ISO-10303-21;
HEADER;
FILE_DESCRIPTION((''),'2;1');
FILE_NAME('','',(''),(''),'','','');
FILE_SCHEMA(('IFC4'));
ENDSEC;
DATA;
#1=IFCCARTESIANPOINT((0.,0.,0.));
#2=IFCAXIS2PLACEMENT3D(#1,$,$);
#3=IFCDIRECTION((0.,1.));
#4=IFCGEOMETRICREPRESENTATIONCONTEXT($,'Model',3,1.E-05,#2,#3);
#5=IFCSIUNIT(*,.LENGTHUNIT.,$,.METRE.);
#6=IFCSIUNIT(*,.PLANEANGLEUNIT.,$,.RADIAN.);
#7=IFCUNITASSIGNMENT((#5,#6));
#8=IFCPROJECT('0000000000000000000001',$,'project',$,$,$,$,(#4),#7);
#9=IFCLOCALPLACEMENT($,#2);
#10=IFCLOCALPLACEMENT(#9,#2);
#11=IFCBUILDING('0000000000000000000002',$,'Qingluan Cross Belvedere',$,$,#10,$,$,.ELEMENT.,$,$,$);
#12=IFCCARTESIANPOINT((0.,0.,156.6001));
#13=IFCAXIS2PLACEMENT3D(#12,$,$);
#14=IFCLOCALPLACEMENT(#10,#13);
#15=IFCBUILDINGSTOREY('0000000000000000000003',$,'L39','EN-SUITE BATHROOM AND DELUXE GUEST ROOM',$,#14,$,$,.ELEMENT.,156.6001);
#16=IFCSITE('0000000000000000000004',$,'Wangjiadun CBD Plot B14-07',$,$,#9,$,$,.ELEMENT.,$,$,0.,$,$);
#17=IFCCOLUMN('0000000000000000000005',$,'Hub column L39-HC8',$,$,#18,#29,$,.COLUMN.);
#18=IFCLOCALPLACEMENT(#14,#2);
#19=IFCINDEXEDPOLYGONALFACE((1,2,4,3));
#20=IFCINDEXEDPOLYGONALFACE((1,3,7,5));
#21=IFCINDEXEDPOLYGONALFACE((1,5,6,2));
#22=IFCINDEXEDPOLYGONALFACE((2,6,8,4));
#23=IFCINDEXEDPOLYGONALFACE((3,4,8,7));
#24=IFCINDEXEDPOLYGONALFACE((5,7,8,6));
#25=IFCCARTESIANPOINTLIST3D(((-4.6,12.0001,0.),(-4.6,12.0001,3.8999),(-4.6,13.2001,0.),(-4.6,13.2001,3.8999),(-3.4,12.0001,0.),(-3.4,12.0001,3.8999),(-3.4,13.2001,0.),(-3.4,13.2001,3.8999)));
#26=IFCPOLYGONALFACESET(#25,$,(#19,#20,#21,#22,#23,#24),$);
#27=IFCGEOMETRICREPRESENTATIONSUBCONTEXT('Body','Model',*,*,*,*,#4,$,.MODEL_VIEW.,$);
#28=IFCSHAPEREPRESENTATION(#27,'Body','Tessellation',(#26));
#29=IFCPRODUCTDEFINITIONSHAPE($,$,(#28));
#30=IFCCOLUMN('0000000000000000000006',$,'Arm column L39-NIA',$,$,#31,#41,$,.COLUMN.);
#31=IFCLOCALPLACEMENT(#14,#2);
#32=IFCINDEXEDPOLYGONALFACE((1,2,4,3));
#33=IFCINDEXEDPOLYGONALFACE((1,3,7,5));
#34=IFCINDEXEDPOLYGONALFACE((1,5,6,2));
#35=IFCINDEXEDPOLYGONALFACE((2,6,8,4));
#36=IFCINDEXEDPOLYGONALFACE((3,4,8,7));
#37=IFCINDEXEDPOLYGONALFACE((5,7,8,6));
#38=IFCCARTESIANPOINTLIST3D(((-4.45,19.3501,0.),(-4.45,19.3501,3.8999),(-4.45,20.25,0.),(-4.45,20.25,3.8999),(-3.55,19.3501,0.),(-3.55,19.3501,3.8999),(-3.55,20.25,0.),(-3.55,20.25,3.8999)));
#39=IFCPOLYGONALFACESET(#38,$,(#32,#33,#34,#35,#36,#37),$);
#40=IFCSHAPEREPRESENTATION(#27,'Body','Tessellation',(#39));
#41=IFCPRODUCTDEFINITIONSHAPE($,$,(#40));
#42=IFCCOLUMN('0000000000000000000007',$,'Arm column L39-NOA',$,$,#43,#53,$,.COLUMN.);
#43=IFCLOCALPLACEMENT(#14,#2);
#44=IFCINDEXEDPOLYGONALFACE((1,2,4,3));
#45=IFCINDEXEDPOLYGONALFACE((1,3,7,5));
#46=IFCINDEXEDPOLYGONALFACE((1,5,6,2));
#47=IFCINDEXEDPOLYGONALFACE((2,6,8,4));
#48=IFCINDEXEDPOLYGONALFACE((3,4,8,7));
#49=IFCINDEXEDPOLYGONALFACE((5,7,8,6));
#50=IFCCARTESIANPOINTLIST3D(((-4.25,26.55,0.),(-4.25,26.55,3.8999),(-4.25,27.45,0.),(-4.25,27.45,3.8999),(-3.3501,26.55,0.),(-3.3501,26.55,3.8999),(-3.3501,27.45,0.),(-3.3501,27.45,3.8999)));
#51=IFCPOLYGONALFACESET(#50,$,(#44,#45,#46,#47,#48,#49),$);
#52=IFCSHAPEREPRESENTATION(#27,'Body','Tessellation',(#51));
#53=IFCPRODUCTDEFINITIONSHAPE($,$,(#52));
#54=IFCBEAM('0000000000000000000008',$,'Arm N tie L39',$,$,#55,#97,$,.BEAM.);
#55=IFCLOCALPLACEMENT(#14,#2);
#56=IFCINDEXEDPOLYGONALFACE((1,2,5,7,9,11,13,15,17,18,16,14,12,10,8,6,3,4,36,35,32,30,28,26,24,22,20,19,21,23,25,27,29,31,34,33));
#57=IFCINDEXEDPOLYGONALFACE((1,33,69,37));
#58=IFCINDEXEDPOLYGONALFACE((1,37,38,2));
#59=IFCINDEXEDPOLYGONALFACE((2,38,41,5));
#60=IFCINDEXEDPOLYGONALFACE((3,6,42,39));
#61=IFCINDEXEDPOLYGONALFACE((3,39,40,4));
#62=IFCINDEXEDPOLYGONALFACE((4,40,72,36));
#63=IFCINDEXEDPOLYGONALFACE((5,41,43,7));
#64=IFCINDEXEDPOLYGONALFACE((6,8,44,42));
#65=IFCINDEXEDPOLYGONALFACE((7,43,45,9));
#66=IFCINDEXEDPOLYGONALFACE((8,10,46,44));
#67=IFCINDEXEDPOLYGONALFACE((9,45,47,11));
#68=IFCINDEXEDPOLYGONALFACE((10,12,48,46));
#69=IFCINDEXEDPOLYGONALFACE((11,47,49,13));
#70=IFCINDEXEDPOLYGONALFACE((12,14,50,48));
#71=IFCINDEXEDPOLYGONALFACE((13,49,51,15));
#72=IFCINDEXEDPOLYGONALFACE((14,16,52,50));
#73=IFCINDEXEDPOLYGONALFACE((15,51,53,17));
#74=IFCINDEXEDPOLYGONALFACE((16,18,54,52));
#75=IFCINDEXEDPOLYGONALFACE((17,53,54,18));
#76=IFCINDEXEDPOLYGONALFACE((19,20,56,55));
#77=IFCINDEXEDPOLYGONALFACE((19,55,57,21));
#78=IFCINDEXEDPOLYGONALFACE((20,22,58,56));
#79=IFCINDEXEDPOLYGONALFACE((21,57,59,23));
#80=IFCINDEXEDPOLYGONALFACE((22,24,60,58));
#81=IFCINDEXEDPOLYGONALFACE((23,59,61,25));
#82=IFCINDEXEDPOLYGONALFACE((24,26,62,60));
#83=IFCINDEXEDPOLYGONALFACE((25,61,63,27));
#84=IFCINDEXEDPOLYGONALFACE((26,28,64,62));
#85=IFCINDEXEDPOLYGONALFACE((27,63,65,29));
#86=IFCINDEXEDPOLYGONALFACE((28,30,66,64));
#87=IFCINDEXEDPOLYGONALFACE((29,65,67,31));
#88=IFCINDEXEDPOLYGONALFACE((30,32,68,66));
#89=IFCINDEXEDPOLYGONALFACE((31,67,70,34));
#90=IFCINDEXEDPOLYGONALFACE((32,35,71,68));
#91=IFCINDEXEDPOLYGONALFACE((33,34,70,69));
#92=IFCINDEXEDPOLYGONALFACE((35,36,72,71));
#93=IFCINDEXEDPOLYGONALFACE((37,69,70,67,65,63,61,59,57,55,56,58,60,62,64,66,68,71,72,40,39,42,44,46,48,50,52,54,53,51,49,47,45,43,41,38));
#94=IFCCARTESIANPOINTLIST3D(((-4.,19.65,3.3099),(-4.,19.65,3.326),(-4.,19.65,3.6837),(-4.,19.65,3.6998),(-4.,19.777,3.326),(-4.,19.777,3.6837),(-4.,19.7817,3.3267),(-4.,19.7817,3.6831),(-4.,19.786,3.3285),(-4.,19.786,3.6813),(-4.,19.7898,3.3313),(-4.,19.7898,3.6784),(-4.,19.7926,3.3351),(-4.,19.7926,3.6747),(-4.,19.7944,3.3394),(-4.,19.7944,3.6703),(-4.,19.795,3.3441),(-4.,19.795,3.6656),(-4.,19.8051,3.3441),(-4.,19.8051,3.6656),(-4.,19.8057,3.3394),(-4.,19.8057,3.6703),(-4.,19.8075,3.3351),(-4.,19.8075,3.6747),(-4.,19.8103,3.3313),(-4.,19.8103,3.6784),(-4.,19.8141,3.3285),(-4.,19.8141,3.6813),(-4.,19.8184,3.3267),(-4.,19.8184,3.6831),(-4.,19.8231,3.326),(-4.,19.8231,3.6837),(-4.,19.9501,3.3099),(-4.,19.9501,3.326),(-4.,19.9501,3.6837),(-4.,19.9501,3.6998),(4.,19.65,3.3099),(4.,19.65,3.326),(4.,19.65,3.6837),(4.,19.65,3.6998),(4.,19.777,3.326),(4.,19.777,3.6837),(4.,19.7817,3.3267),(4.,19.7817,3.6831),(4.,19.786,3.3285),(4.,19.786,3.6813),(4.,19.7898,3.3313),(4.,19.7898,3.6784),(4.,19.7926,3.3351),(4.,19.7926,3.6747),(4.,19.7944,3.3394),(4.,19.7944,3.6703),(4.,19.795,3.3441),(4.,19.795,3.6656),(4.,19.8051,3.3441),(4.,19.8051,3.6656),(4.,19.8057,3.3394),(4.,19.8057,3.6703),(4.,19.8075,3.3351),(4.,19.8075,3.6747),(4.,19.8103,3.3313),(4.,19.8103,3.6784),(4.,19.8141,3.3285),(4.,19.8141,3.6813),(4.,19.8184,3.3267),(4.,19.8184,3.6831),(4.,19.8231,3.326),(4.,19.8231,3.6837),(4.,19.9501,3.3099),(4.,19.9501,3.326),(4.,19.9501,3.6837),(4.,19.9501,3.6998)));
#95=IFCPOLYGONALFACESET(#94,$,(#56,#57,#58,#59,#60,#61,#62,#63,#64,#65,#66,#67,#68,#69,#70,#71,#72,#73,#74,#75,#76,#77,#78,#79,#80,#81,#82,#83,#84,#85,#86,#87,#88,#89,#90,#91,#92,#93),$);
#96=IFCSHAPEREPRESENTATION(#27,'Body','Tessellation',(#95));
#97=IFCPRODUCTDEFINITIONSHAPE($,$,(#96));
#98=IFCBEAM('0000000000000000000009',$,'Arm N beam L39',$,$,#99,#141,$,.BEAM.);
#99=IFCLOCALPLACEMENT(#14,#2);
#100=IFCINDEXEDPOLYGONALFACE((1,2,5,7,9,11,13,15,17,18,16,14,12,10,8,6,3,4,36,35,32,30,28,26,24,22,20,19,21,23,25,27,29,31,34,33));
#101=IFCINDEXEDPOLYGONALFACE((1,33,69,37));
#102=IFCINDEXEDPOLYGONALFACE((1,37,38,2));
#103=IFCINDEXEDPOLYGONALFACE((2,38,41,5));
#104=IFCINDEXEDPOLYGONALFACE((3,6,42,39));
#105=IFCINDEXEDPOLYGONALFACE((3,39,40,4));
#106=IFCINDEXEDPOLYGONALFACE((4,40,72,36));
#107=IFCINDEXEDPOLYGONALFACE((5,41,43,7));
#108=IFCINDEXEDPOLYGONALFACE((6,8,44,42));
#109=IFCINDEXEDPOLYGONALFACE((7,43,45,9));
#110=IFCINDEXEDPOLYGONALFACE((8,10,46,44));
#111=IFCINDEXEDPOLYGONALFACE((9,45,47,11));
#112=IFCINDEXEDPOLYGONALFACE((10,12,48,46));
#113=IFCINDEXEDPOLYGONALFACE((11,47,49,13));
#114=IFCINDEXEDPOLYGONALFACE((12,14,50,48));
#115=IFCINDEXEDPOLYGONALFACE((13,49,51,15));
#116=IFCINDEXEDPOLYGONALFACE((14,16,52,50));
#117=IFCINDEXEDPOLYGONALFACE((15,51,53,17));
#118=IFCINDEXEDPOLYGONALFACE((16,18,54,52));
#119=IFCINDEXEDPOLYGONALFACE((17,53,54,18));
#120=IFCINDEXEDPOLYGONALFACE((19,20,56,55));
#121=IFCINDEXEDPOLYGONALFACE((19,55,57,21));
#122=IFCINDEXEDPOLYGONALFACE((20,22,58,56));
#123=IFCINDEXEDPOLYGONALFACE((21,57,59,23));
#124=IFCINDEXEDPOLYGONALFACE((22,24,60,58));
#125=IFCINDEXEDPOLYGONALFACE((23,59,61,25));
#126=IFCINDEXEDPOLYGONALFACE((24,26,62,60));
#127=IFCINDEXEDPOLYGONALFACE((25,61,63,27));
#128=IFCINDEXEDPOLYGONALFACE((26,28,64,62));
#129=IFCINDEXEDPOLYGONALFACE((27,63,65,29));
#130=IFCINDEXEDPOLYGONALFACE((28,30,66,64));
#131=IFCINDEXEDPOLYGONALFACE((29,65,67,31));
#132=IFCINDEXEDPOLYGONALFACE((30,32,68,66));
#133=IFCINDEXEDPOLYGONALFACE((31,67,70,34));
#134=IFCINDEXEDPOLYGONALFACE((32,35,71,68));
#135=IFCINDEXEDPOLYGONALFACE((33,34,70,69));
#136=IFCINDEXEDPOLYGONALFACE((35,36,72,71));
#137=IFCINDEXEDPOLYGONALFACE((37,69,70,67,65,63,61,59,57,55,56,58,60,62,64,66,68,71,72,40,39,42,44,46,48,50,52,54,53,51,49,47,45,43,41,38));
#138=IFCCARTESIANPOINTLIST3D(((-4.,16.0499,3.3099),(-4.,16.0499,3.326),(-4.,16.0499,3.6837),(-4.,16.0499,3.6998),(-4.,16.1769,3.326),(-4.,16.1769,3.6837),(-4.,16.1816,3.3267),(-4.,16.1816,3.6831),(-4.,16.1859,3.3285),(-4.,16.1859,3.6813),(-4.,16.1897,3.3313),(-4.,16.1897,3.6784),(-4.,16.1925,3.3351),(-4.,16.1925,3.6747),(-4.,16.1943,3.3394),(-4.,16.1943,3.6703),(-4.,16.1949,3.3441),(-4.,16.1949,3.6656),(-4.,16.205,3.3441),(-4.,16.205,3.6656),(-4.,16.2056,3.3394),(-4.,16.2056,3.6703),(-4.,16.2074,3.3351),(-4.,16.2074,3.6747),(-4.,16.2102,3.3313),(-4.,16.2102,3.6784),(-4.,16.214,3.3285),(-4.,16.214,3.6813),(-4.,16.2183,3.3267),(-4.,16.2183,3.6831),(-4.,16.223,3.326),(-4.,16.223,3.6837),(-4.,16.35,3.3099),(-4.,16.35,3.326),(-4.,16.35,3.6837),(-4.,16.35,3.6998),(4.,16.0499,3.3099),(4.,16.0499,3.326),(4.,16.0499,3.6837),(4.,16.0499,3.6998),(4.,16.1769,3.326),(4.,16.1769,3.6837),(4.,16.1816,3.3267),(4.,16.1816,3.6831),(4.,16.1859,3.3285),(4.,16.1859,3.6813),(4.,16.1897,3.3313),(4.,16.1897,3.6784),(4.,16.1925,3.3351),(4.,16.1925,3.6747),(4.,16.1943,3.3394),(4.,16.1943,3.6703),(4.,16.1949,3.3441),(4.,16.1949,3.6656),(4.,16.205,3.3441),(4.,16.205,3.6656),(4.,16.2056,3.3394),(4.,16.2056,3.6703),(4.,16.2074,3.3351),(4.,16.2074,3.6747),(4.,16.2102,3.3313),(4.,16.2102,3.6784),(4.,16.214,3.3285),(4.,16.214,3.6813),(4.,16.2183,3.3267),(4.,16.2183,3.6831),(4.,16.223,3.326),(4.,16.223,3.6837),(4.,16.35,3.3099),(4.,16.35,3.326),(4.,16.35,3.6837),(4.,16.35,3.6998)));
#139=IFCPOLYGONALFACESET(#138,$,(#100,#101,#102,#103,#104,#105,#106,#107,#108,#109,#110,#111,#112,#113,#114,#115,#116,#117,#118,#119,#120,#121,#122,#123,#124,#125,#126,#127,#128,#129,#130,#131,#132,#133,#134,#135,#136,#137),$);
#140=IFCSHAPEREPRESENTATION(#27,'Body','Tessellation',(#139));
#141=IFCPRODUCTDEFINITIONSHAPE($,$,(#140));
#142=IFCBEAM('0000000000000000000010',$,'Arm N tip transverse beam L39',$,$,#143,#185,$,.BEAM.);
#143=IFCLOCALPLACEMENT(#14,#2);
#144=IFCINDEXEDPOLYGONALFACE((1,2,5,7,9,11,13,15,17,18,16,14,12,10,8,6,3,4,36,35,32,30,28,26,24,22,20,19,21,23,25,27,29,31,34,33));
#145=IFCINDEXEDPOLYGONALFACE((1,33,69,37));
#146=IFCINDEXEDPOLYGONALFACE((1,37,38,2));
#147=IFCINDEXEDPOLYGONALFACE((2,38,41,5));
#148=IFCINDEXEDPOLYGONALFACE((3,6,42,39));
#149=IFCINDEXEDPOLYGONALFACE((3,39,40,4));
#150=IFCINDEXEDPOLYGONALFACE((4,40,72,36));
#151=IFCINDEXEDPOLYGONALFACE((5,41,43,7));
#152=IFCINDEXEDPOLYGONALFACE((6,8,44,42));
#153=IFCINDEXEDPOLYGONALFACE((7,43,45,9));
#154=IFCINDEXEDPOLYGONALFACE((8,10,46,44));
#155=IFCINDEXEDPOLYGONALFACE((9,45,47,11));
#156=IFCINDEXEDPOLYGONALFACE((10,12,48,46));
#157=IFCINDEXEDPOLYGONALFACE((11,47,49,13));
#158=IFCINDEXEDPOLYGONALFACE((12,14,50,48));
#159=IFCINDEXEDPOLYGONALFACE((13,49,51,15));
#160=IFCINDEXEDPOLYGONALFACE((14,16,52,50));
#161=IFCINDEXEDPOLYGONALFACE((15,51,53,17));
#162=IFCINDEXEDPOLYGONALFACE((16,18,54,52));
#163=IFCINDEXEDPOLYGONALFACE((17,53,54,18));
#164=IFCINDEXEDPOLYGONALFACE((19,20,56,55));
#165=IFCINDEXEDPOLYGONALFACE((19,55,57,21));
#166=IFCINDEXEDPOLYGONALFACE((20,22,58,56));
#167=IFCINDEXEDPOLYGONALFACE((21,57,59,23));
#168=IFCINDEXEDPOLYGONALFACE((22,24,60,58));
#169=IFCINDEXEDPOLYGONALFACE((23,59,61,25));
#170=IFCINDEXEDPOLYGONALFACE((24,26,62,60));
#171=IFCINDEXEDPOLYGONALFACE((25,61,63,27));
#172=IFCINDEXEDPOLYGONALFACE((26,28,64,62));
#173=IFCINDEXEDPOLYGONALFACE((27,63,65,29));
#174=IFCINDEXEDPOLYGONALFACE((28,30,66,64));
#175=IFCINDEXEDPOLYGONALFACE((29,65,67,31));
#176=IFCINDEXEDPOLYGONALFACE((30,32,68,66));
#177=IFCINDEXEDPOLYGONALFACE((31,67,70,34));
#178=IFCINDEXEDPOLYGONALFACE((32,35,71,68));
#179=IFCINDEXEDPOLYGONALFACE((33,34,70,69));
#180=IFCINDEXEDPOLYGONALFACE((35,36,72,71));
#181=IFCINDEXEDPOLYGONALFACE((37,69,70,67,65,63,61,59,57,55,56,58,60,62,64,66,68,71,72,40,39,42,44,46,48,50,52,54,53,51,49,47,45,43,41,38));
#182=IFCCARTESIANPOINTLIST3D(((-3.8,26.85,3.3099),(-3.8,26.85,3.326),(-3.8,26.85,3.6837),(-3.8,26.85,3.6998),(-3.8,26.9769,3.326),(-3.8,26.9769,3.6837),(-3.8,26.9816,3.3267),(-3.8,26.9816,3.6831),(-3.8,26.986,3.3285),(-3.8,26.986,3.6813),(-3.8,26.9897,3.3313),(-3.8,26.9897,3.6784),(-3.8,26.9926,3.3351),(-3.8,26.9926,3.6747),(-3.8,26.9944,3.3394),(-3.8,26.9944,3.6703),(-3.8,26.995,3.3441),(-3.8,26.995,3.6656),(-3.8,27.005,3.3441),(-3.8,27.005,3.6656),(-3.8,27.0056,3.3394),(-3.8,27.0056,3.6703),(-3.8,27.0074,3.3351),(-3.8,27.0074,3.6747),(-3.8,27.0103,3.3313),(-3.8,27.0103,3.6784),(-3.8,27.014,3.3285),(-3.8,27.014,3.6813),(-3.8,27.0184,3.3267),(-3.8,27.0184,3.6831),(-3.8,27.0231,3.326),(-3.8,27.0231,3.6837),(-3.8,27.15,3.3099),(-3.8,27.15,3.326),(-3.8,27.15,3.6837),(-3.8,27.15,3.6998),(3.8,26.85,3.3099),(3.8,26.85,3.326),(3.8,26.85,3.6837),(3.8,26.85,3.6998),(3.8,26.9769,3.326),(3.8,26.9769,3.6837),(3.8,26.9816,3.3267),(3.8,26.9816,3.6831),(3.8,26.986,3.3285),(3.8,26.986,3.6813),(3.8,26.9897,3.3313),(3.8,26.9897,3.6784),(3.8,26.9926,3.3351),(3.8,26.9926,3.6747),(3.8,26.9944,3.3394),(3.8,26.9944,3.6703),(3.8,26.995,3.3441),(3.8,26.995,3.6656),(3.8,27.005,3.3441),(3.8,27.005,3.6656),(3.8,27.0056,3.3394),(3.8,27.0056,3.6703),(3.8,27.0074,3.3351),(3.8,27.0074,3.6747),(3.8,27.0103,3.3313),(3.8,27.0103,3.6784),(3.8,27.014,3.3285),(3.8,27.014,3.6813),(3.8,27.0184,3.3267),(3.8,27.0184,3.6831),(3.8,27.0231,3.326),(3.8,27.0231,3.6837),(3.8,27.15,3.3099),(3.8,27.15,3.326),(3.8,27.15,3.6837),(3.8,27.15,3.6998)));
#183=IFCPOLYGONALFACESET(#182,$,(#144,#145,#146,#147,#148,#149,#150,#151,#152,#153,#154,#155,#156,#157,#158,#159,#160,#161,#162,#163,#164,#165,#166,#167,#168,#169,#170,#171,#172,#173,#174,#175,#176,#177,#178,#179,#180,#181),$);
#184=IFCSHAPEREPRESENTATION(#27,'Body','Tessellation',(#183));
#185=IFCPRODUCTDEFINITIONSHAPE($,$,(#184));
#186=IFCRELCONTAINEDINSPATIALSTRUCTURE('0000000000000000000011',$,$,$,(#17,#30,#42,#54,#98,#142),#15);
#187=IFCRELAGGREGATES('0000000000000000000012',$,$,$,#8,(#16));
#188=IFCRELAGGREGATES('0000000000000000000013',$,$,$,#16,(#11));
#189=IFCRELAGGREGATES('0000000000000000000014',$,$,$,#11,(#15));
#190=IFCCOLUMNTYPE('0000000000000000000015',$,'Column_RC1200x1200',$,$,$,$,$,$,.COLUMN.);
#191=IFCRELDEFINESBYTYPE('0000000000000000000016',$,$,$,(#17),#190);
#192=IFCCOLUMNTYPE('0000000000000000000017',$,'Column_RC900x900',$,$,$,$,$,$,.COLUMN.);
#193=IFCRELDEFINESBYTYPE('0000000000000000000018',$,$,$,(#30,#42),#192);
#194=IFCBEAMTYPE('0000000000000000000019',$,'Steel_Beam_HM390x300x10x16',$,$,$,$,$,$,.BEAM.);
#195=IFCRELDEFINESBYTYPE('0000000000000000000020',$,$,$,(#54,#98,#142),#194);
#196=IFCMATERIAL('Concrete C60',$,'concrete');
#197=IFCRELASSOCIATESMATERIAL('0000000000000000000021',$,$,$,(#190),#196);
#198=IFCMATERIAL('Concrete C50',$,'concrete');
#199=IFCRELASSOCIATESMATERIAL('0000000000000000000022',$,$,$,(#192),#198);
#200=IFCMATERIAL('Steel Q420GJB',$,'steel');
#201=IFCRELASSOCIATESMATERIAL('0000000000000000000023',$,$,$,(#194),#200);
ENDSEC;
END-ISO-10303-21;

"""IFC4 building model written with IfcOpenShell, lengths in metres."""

from ifc_helpers import new_model, si_unit, direction, frame, origin, origin_2d, place, context, subcontext, project, spatial, rectangle, i_section, extrude, material, material_profile, profile_set, type_object, element, save


model = new_model("IFC4")

# Units and contexts
model_context = context("Model", 3, precision=1e-05, world=origin(), true_north=direction((0.0, 1.0)))
body_context = subcontext(model_context, "Body", "Model", "MODEL_VIEW")
ifc_project = project(units=[si_unit("LENGTHUNIT", "METRE"), si_unit("PLANEANGLEUNIT", "RADIAN")], contexts=[model_context])

# Site, building, storey
site_placement = place(None, origin())
site = spatial("IfcSite", under=ifc_project, at=site_placement, Name="Wangjiadun CBD Plot B14-07", CompositionType="ELEMENT", RefElevation=0.0)
building_placement = place(site_placement, origin())
building = spatial("IfcBuilding", under=site, at=building_placement, Name="Qingluan Cross Belvedere", CompositionType="ELEMENT")
storey_placement = place(building_placement, frame((0.0, 0.0, 156.6001)))
storey = spatial("IfcBuildingStorey", under=building, at=storey_placement, Name="L39", Description="EN-SUITE BATHROOM AND DELUXE GUEST ROOM", CompositionType="ELEMENT", Elevation=156.6001)

# Columns
ifc_material_1 = material(Name="Concrete C60", Category="concrete")
ifc_material_profile_1 = material_profile(ifc_material_1, rectangle(XDim=1.2, YDim=1.2, at=origin_2d()), Name="RC1200x1200")
ifc_profile_set_1 = profile_set([ifc_material_profile_1], Name="Concrete C60")
column_type_1 = type_object("IfcColumnType", Name="Column_RC1200x1200", PredefinedType="COLUMN", material=ifc_profile_set_1)
column_placement = place(storey_placement, frame((-4.0, 12.6001, 0.0), z_axis=(0.0, 0.0, 1.0), x_axis=(1.0, 0.0, 0.0)))
element("IfcColumn", 1, at=column_placement, inside=storey, type_object=column_type_1, Name="Hub column L39-HC8", PredefinedType="COLUMN", context=body_context, shape_type="SweptSolid", body=[
    extrude(rectangle(XDim=1.2, YDim=1.2, at=origin_2d()), origin(), (0.0, 0.0, 1.0), 3.8999),
])
ifc_material_2 = material(Name="Concrete C50", Category="concrete")
ifc_material_profile_2 = material_profile(ifc_material_2, rectangle(XDim=0.8999, YDim=0.8999, at=origin_2d()), Name="RC900x900")
ifc_profile_set_2 = profile_set([ifc_material_profile_2], Name="Concrete C50")
column_type_2 = type_object("IfcColumnType", Name="Column_RC900x900", PredefinedType="COLUMN", material=ifc_profile_set_2)
for number, where, z_axis, x_axis, name in (
    (2, (-4.0, 19.8, 0.0), (0.0, 0.0, 1.0), (1.0, 0.0, 0.0), "Arm column L39-NIA"),
    (3, (-3.8, 27.0, 0.0), (0.0, 0.0, 1.0), (1.0, 0.0, 0.0), "Arm column L39-NOA"),
):
    element("IfcColumn", number, at=place(storey_placement, frame(where, z_axis=z_axis, x_axis=x_axis)), inside=storey, type_object=column_type_2, Name=name, PredefinedType="COLUMN", context=body_context, shape_type="SweptSolid", body=[
        extrude(rectangle(XDim=0.8999, YDim=0.8999, at=origin_2d()), origin(), (0.0, 0.0, 1.0), 3.8999),
    ])

# Beams
ifc_material_3 = material(Name="Steel Q420GJB", Category="steel")
ifc_material_profile_3 = material_profile(ifc_material_3, i_section(OverallWidth=0.3, OverallDepth=0.3899, WebThickness=0.01, FlangeThickness=0.0161, FilletRadius=0.0181, at=origin_2d()), Name="HM390x300x10x16")
ifc_profile_set_3 = profile_set([ifc_material_profile_3], Name="Steel Q420GJB")
beam_type_1 = type_object("IfcBeamType", Name="Steel_Beam_HM390x300x10x16", PredefinedType="BEAM", material=ifc_profile_set_3)
for number, where, z_axis, x_axis, name in (
    (4, (-4.0, 19.8, 3.5049), (1.0, 0.0, 0.0), (0.0, 1.0, 0.0), "Arm N tie L39"),
    (5, (-4.0, 16.2, 3.5049), (1.0, 0.0, 0.0), (0.0, 1.0, 0.0), "Arm N beam L39"),
):
    element("IfcBeam", number, at=place(storey_placement, frame(where, z_axis=z_axis, x_axis=x_axis)), inside=storey, type_object=beam_type_1, Name=name, PredefinedType="BEAM", context=body_context, shape_type="SweptSolid", body=[
        extrude(i_section(OverallWidth=0.3, OverallDepth=0.3899, WebThickness=0.01, FlangeThickness=0.0161, FilletRadius=0.0181, at=origin_2d()), origin(), (0.0, 0.0, 1.0), 8.0),
    ])
beam_1_placement = place(storey_placement, frame((-3.8, 27.0, 3.5049), z_axis=(1.0, 0.0, 0.0), x_axis=(0.0, 1.0, 0.0)))
element("IfcBeam", 6, at=beam_1_placement, inside=storey, type_object=beam_type_1, Name="Arm N tip transverse beam L39", PredefinedType="BEAM", context=body_context, shape_type="SweptSolid", body=[
    extrude(i_section(OverallWidth=0.3, OverallDepth=0.3899, WebThickness=0.01, FlangeThickness=0.0161, FilletRadius=0.0181, at=origin_2d()), origin(), (0.0, 0.0, 1.0), 7.6001),
])

save(model, "model.ifc")
